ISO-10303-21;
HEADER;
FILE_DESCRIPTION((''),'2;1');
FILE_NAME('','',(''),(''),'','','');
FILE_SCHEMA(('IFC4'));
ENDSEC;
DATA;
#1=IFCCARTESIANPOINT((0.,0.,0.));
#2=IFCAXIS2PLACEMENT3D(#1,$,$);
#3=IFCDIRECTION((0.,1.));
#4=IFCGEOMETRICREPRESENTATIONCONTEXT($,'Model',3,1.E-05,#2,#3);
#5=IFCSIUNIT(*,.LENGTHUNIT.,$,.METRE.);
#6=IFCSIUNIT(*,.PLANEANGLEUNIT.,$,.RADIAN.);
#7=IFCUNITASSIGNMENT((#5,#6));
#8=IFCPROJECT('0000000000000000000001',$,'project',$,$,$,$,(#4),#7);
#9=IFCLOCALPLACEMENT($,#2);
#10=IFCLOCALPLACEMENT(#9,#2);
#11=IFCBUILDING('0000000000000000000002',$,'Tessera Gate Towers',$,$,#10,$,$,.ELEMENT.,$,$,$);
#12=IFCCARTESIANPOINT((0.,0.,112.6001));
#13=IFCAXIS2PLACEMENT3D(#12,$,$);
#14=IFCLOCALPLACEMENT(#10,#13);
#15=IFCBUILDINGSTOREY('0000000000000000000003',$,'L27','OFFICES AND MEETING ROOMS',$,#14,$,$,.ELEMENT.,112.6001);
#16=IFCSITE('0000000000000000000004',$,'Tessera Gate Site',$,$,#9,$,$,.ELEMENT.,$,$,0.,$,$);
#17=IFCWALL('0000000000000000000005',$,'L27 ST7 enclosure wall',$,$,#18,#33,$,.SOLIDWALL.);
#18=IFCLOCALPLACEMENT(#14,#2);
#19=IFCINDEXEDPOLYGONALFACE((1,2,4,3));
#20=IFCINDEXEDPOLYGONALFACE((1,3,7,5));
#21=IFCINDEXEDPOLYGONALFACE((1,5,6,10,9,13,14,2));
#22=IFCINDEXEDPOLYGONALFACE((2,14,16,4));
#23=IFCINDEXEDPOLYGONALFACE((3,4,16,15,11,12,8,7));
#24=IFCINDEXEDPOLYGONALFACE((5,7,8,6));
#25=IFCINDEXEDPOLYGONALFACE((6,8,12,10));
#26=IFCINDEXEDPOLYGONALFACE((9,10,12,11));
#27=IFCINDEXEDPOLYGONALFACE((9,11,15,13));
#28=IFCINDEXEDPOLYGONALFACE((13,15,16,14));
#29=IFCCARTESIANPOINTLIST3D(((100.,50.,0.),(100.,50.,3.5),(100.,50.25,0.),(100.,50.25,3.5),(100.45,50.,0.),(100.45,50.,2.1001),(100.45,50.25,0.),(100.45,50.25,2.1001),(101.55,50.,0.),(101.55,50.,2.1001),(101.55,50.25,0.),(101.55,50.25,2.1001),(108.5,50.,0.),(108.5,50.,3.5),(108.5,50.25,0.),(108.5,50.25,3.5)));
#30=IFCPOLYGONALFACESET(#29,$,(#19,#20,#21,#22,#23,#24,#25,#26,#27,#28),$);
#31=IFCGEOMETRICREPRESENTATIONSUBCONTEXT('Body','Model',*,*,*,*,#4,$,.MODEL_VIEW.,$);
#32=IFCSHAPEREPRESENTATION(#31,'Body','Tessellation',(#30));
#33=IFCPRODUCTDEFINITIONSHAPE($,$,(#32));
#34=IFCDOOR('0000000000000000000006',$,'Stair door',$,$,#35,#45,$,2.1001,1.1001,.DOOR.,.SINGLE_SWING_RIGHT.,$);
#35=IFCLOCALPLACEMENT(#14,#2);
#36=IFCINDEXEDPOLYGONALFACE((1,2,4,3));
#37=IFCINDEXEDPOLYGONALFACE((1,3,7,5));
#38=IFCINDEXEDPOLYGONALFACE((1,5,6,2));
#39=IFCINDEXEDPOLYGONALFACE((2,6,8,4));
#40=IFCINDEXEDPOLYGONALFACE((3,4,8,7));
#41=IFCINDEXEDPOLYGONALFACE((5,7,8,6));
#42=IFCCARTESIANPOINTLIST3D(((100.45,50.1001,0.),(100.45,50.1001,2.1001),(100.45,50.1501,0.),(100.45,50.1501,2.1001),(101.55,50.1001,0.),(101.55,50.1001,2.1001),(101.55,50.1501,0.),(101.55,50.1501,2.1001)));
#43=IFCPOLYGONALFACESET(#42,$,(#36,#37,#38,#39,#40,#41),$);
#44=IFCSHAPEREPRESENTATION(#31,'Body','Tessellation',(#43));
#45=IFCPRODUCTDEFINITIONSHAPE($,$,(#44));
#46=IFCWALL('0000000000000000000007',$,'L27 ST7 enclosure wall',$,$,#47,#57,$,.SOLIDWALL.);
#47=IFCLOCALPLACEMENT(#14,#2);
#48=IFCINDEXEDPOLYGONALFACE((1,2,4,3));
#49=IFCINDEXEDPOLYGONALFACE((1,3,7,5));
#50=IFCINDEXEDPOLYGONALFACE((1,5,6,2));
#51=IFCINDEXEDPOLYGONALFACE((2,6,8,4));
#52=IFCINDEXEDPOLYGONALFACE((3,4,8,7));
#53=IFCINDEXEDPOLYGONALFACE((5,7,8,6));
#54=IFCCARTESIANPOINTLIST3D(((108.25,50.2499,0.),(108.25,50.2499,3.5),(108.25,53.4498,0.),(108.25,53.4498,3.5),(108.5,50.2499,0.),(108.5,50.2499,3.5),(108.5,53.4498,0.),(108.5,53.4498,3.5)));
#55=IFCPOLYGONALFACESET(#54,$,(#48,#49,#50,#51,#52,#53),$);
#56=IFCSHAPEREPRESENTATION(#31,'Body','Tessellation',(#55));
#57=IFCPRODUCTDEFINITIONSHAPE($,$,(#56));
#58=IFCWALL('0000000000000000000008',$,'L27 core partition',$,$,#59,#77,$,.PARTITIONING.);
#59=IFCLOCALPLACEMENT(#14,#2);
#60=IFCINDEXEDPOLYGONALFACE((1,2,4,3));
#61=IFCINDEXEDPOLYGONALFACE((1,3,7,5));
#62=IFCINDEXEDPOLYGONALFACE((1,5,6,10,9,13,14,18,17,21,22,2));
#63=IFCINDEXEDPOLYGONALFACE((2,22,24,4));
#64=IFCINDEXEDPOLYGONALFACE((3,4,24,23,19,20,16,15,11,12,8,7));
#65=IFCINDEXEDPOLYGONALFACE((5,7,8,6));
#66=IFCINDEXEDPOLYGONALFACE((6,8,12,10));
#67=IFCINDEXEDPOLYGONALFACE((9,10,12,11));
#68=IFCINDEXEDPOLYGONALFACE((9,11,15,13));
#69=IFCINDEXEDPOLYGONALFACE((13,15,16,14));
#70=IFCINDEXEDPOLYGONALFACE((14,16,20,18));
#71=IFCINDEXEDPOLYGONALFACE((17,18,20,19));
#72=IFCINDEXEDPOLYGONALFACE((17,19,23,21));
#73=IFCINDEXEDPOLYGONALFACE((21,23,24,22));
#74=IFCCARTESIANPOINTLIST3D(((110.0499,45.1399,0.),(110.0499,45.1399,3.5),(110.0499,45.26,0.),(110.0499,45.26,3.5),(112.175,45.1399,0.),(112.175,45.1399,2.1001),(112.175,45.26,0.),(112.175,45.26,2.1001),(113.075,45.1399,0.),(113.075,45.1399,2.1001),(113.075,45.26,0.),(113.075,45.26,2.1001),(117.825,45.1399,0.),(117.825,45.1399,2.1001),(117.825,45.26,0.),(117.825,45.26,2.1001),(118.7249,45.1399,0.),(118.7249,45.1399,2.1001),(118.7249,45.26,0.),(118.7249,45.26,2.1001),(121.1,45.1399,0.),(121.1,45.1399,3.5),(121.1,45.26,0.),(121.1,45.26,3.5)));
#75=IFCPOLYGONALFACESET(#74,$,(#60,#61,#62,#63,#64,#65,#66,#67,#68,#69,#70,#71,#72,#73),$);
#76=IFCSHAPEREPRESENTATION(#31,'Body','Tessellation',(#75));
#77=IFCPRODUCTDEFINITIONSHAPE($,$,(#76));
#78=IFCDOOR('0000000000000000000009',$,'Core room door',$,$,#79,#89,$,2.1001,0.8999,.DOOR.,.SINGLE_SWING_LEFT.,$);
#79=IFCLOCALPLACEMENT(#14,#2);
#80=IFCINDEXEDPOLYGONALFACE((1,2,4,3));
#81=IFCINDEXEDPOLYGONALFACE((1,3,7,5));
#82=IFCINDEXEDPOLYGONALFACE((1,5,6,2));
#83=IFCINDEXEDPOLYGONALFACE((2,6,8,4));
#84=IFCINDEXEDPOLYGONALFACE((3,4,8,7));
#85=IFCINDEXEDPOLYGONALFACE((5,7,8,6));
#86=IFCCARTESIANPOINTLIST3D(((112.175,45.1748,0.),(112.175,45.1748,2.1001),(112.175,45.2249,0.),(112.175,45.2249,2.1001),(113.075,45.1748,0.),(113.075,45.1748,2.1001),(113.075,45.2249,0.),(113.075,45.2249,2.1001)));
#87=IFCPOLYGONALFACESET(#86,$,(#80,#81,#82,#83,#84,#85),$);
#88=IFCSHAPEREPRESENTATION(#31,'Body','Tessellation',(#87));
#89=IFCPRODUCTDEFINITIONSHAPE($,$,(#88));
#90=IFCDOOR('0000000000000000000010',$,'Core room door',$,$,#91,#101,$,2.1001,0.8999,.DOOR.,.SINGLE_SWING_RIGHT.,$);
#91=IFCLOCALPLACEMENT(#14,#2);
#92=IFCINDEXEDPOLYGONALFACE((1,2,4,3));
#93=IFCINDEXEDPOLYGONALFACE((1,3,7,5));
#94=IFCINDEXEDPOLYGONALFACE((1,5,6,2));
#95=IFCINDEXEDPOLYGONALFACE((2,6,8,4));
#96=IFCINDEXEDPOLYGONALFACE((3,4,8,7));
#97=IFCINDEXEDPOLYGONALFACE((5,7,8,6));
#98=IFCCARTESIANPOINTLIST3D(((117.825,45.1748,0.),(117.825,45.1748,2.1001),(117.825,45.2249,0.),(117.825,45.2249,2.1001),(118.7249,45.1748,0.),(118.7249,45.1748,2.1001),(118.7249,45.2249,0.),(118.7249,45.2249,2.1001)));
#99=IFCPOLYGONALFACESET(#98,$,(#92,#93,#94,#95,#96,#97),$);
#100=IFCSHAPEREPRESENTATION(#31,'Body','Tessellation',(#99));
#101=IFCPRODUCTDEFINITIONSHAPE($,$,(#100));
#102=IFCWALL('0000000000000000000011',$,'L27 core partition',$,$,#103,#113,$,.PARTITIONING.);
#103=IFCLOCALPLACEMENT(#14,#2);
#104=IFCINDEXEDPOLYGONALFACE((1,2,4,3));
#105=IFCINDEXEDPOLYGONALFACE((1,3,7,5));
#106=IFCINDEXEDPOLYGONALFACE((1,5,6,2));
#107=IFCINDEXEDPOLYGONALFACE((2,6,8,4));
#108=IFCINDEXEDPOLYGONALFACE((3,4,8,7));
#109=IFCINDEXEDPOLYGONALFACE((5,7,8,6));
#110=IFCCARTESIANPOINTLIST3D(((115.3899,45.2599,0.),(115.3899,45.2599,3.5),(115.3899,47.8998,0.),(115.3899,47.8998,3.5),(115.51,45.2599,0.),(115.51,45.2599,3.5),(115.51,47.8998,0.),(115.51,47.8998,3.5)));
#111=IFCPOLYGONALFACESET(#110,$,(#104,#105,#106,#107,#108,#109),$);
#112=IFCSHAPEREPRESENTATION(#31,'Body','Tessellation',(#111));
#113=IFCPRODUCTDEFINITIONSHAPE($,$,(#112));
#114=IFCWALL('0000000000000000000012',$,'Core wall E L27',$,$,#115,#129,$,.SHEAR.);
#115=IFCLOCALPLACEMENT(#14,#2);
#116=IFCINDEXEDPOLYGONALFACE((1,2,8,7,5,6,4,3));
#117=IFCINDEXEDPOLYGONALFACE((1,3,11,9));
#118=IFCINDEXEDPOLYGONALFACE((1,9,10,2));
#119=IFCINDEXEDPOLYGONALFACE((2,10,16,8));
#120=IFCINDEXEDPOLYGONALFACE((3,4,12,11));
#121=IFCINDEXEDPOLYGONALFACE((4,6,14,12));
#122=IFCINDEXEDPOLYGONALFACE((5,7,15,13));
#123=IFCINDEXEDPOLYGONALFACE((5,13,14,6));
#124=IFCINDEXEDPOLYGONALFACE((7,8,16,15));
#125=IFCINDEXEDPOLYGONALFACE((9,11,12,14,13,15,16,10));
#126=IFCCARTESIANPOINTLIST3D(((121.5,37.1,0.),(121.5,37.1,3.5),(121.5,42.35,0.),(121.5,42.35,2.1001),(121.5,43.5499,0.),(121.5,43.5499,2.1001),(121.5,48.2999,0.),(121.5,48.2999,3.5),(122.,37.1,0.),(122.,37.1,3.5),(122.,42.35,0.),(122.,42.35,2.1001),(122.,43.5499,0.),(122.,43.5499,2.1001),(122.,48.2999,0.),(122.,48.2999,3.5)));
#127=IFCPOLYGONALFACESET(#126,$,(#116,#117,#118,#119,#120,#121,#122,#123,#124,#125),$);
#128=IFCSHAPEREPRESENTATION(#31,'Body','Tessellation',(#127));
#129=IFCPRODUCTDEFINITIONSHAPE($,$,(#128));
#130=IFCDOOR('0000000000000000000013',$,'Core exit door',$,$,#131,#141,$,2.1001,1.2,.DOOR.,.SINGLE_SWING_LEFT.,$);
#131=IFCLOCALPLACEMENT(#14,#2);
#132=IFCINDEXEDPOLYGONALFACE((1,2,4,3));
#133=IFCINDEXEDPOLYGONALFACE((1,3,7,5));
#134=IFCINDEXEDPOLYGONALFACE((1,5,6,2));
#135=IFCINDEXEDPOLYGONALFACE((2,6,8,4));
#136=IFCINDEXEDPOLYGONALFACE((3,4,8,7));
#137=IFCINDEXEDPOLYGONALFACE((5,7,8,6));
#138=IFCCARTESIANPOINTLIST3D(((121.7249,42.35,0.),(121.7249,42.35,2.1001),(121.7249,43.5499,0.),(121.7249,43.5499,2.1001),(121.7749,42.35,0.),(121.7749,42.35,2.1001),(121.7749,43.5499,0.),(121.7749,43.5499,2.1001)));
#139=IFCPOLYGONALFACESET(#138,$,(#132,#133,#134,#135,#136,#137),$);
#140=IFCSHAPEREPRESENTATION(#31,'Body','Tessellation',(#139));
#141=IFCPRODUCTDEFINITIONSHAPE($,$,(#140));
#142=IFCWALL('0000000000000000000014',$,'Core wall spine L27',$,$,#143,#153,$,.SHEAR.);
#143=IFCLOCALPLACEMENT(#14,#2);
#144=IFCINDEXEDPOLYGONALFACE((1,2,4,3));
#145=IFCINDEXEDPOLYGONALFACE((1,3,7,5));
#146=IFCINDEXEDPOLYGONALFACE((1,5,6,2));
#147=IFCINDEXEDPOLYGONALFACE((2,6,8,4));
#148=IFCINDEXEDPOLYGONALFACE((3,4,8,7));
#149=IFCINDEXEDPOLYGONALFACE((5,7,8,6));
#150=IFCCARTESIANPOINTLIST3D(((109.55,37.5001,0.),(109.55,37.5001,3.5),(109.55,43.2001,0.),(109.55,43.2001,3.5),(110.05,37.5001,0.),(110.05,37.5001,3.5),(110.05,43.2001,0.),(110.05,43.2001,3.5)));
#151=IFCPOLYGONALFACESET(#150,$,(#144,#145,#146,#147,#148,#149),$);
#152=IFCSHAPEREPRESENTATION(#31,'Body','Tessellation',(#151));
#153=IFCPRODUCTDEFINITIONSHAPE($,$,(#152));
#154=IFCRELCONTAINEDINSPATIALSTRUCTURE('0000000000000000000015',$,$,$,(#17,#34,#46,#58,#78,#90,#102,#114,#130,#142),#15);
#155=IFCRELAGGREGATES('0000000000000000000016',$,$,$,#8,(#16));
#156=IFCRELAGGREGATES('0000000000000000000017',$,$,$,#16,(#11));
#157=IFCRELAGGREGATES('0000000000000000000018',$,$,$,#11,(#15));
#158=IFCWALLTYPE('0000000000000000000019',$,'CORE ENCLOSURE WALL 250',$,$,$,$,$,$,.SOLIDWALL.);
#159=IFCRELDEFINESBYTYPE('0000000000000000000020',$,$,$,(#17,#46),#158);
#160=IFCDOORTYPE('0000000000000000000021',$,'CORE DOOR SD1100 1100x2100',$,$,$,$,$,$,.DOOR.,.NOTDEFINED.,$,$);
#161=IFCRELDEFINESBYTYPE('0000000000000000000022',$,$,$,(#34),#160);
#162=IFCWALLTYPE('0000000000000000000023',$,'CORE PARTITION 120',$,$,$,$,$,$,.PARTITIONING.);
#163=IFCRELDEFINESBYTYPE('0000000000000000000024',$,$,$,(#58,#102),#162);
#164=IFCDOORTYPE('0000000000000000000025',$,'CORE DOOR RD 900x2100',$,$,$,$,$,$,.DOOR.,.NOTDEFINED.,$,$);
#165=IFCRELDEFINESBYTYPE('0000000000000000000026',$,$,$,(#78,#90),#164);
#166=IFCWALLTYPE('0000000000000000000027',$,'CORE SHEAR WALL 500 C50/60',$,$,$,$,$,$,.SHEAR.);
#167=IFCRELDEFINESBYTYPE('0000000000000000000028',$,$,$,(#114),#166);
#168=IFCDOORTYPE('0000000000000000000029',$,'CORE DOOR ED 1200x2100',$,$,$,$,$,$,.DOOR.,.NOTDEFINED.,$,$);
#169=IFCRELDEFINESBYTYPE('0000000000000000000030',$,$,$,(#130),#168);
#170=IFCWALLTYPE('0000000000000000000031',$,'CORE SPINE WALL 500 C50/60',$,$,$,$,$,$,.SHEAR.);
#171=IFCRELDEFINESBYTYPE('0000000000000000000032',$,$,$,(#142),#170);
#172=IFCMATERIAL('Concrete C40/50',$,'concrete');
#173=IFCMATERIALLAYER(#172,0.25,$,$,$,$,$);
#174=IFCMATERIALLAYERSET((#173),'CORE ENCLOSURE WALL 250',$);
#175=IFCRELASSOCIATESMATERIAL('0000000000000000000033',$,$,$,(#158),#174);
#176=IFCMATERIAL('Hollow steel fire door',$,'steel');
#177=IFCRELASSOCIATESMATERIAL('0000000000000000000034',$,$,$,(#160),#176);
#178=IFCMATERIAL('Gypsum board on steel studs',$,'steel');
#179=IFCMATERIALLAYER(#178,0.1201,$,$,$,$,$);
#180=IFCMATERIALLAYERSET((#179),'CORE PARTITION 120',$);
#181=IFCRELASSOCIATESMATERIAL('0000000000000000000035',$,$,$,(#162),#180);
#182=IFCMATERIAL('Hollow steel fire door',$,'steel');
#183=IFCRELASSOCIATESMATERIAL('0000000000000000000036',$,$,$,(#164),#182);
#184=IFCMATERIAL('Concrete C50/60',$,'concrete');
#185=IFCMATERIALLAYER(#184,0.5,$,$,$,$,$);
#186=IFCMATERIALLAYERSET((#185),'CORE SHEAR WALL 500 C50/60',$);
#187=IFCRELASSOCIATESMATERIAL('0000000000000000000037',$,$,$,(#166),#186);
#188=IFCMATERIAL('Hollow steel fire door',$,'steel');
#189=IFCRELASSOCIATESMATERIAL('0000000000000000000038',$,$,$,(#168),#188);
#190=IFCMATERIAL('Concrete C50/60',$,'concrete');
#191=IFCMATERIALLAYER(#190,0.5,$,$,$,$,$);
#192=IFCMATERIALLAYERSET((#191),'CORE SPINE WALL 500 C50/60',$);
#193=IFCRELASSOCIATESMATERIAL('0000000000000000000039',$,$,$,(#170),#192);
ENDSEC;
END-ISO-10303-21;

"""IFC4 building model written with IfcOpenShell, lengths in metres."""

from ifc_helpers import new_model, si_unit, direction, frame, frame_2d, origin, place, context, subcontext, project, spatial, rectangle, extrude, source, transform, mapped, material, layer, layer_set, type_object, element, fill, save


model = new_model("IFC4")

# Units and contexts
model_context = context("Model", 3, precision=1e-05, world=origin(), true_north=direction((0.0, 1.0)))
body_context = subcontext(model_context, "Body", "Model", "MODEL_VIEW")
ifc_project = project(units=[si_unit("LENGTHUNIT", "METRE"), si_unit("PLANEANGLEUNIT", "RADIAN")], contexts=[model_context])

# Site, building, storey
site_placement = place(None, origin())
site = spatial("IfcSite", under=ifc_project, at=site_placement, Name="Tessera Gate Site", CompositionType="ELEMENT", RefElevation=0.0)
building_placement = place(site_placement, origin())
building = spatial("IfcBuilding", under=site, at=building_placement, Name="Tessera Gate Towers", CompositionType="ELEMENT")
storey_placement = place(building_placement, frame((0.0, 0.0, 112.6001)))
storey = spatial("IfcBuildingStorey", under=building, at=storey_placement, Name="L27", Description="OFFICES AND MEETING ROOMS", CompositionType="ELEMENT", Elevation=112.6001)

# Shared definitions
ifc_material_1 = material(Name="Concrete C40/50", Category="concrete")
ifc_layer_1 = layer(ifc_material_1, 0.25)
ifc_layer_set_1 = layer_set([ifc_layer_1], Name="CORE ENCLOSURE WALL 250")
wall_type_1 = type_object("IfcWallType", Name="CORE ENCLOSURE WALL 250", PredefinedType="SOLIDWALL", material=ifc_layer_set_1)
shared_shape_1 = source(origin(), body_context, "Body", "SweptSolid", [
    extrude(rectangle(XDim=1.1001, YDim=2.1001, at=frame_2d((0.55, 1.05))), frame((0.0, 0.135, 0.0), z_axis=(0.0, -1.0, 0.0), x_axis=(1.0, 0.0, 0.0)), (0.0, 0.0, 1.0), 0.27),
])
ifc_material_2 = material(Name="Hollow steel fire door", Category="steel")
door_type_1 = type_object("IfcDoorType", Name="CORE DOOR SD1100 1100x2100", OperationType="NOTDEFINED", PredefinedType="DOOR", material=ifc_material_2)
shared_shape_2 = source(origin(), body_context, "Body", "SweptSolid", [
    extrude(rectangle(XDim=1.1001, YDim=2.1001, at=frame_2d((0.55, 1.05))), frame((0.0, 0.0249, 0.0), z_axis=(0.0, -1.0, 0.0), x_axis=(1.0, 0.0, 0.0)), (0.0, 0.0, 1.0), 0.05),
])

# Wall, opening, door
wall_1_placement = place(storey_placement, frame((108.5, 50.125, 0.0), z_axis=(0.0, 0.0, 1.0), x_axis=(-1.0, 0.0, 0.0)))
wall_1 = element("IfcWall", 1, at=wall_1_placement, inside=storey, type_object=wall_type_1, Name="L27 ST7 enclosure wall", PredefinedType="SOLIDWALL", context=body_context, shape_type="SweptSolid", body=[
    extrude(rectangle(XDim=8.5, YDim=0.25, at=frame_2d((4.25, 0.0))), origin(), (0.0, 0.0, 1.0), 3.5),
])
opening_1_placement = place(wall_1_placement, frame((6.95, 0.0, 0.0)))
opening_1 = element("IfcOpeningElement", 2, at=opening_1_placement, cuts=wall_1, PredefinedType="OPENING", context=body_context, shape_type="MappedRepresentation", body=[
    mapped(shared_shape_1, transform((0.0, 0.0, 0.0), scale=1.0)),
])
door_1_placement = place(opening_1_placement, origin())
door_1 = element("IfcDoor", 3, at=door_1_placement, inside=storey, type_object=door_type_1, Name="Stair door", OperationType="SINGLE_SWING_RIGHT", OverallHeight=2.1001, OverallWidth=1.1001, PredefinedType="DOOR", context=body_context, shape_type="MappedRepresentation", body=[
    mapped(shared_shape_2, transform((0.0, 0.0, 0.0), scale=1.0)),
])
fill(opening_1, door_1)

# Wall
wall_2_placement = place(storey_placement, frame((108.375, 53.45, 0.0), z_axis=(0.0, 0.0, 1.0), x_axis=(0.0, -1.0, 0.0)))
element("IfcWall", 4, at=wall_2_placement, inside=storey, type_object=wall_type_1, Name="L27 ST7 enclosure wall", PredefinedType="SOLIDWALL", context=body_context, shape_type="SweptSolid", body=[
    extrude(rectangle(XDim=3.2, YDim=0.25, at=frame_2d((1.6001, 0.0))), origin(), (0.0, 0.0, 1.0), 3.5),
])

# Wall, openings, doors
ifc_material_3 = material(Name="Gypsum board on steel studs", Category="steel")
ifc_layer_2 = layer(ifc_material_3, 0.1201)
ifc_layer_set_2 = layer_set([ifc_layer_2], Name="CORE PARTITION 120")
wall_type_2 = type_object("IfcWallType", Name="CORE PARTITION 120", PredefinedType="PARTITIONING", material=ifc_layer_set_2)
wall_3_placement = place(storey_placement, frame((110.05, 45.2, 0.0), z_axis=(0.0, 0.0, 1.0), x_axis=(1.0, 0.0, 0.0)))
wall_3 = element("IfcWall", 5, at=wall_3_placement, inside=storey, type_object=wall_type_2, Name="L27 core partition", PredefinedType="PARTITIONING", context=body_context, shape_type="SweptSolid", body=[
    extrude(rectangle(XDim=11.05, YDim=0.1201, at=frame_2d((5.5249, 0.0))), origin(), (0.0, 0.0, 1.0), 3.5),
])
shared_shape_3 = source(origin(), body_context, "Body", "SweptSolid", [
    extrude(rectangle(XDim=0.8999, YDim=2.1001, at=frame_2d((0.45, 1.05))), frame((0.0, 0.0701, 0.0), z_axis=(0.0, -1.0, 0.0), x_axis=(1.0, 0.0, 0.0)), (0.0, 0.0, 1.0), 0.1401),
])
opening_2_placement = place(wall_3_placement, frame((2.125, 0.0, 0.0)))
opening_2 = element("IfcOpeningElement", 6, at=opening_2_placement, cuts=wall_3, PredefinedType="OPENING", context=body_context, shape_type="MappedRepresentation", body=[
    mapped(shared_shape_3, transform((0.0, 0.0, 0.0), scale=1.0)),
])
opening_3_placement = place(wall_3_placement, frame((7.7749, 0.0, 0.0)))
opening_3 = element("IfcOpeningElement", 7, at=opening_3_placement, cuts=wall_3, PredefinedType="OPENING", context=body_context, shape_type="MappedRepresentation", body=[
    mapped(shared_shape_3, transform((0.0, 0.0, 0.0), scale=1.0)),
])
ifc_material_4 = material(Name="Hollow steel fire door", Category="steel")
door_type_2 = type_object("IfcDoorType", Name="CORE DOOR RD 900x2100", OperationType="NOTDEFINED", PredefinedType="DOOR", material=ifc_material_4)
shared_shape_4 = source(origin(), body_context, "Body", "SweptSolid", [
    extrude(rectangle(XDim=0.8999, YDim=2.1001, at=frame_2d((0.45, 1.05))), frame((0.0, 0.0249, 0.0), z_axis=(0.0, -1.0, 0.0), x_axis=(1.0, 0.0, 0.0)), (0.0, 0.0, 1.0), 0.05),
])
door_2_placement = place(opening_2_placement, origin())
door_2 = element("IfcDoor", 8, at=door_2_placement, inside=storey, type_object=door_type_2, Name="Core room door", OperationType="SINGLE_SWING_LEFT", OverallHeight=2.1001, OverallWidth=0.8999, PredefinedType="DOOR", context=body_context, shape_type="MappedRepresentation", body=[
    mapped(shared_shape_4, transform((0.0, 0.0, 0.0), scale=1.0)),
])
fill(opening_2, door_2)
door_3_placement = place(opening_3_placement, origin())
door_3 = element("IfcDoor", 9, at=door_3_placement, inside=storey, type_object=door_type_2, Name="Core room door", OperationType="SINGLE_SWING_RIGHT", OverallHeight=2.1001, OverallWidth=0.8999, PredefinedType="DOOR", context=body_context, shape_type="MappedRepresentation", body=[
    mapped(shared_shape_4, transform((0.0, 0.0, 0.0), scale=1.0)),
])
fill(opening_3, door_3)

# Wall
wall_4_placement = place(storey_placement, frame((115.45, 45.26, 0.0), z_axis=(0.0, 0.0, 1.0), x_axis=(0.0, 1.0, 0.0)))
element("IfcWall", 10, at=wall_4_placement, inside=storey, type_object=wall_type_2, Name="L27 core partition", PredefinedType="PARTITIONING", context=body_context, shape_type="SweptSolid", body=[
    extrude(rectangle(XDim=2.6399, YDim=0.1201, at=frame_2d((1.3198, 0.0))), origin(), (0.0, 0.0, 1.0), 3.5),
])

# Wall, opening, door
ifc_material_5 = material(Name="Concrete C50/60", Category="concrete")
ifc_layer_3 = layer(ifc_material_5, 0.5)
ifc_layer_set_3 = layer_set([ifc_layer_3], Name="CORE SHEAR WALL 500 C50/60")
wall_type_3 = type_object("IfcWallType", Name="CORE SHEAR WALL 500 C50/60", PredefinedType="SHEAR", material=ifc_layer_set_3)
wall_5_placement = place(storey_placement, frame((121.75, 48.3, 0.0), z_axis=(0.0, 0.0, 1.0), x_axis=(0.0, -1.0, 0.0)))
wall_5 = element("IfcWall", 11, at=wall_5_placement, inside=storey, type_object=wall_type_3, Name="Core wall E L27", PredefinedType="SHEAR", context=body_context, shape_type="SweptSolid", body=[
    extrude(rectangle(XDim=11.2, YDim=0.5, at=frame_2d((5.6001, 0.0))), origin(), (0.0, 0.0, 1.0), 3.5),
])
shared_shape_5 = source(origin(), body_context, "Body", "SweptSolid", [
    extrude(rectangle(XDim=1.2, YDim=2.1001, at=frame_2d((0.6001, 1.05))), frame((0.0, 0.26, 0.0), z_axis=(0.0, -1.0, 0.0), x_axis=(1.0, 0.0, 0.0)), (0.0, 0.0, 1.0), 0.52),
])
opening_4_placement = place(wall_5_placement, frame((4.75, 0.0, 0.0)))
opening_4 = element("IfcOpeningElement", 12, at=opening_4_placement, cuts=wall_5, PredefinedType="OPENING", context=body_context, shape_type="MappedRepresentation", body=[
    mapped(shared_shape_5, transform((0.0, 0.0, 0.0), scale=1.0)),
])
ifc_material_6 = material(Name="Hollow steel fire door", Category="steel")
door_type_3 = type_object("IfcDoorType", Name="CORE DOOR ED 1200x2100", OperationType="NOTDEFINED", PredefinedType="DOOR", material=ifc_material_6)
shared_shape_6 = source(origin(), body_context, "Body", "SweptSolid", [
    extrude(rectangle(XDim=1.2, YDim=2.1001, at=frame_2d((0.6001, 1.05))), frame((0.0, 0.0249, 0.0), z_axis=(0.0, -1.0, 0.0), x_axis=(1.0, 0.0, 0.0)), (0.0, 0.0, 1.0), 0.05),
])
door_4_placement = place(opening_4_placement, origin())
door_4 = element("IfcDoor", 13, at=door_4_placement, inside=storey, type_object=door_type_3, Name="Core exit door", OperationType="SINGLE_SWING_LEFT", OverallHeight=2.1001, OverallWidth=1.2, PredefinedType="DOOR", context=body_context, shape_type="MappedRepresentation", body=[
    mapped(shared_shape_6, transform((0.0, 0.0, 0.0), scale=1.0)),
])
fill(opening_4, door_4)

# Wall
ifc_material_7 = material(Name="Concrete C50/60", Category="concrete")
ifc_layer_4 = layer(ifc_material_7, 0.5)
ifc_layer_set_4 = layer_set([ifc_layer_4], Name="CORE SPINE WALL 500 C50/60")
wall_type_4 = type_object("IfcWallType", Name="CORE SPINE WALL 500 C50/60", PredefinedType="SHEAR", material=ifc_layer_set_4)
wall_6_placement = place(storey_placement, frame((109.8, 37.5, 0.0), z_axis=(0.0, 0.0, 1.0), x_axis=(0.0, 1.0, 0.0)))
element("IfcWall", 14, at=wall_6_placement, inside=storey, type_object=wall_type_4, Name="Core wall spine L27", PredefinedType="SHEAR", context=body_context, shape_type="SweptSolid", body=[
    extrude(rectangle(XDim=5.7, YDim=0.5, at=frame_2d((2.8501, 0.0))), origin(), (0.0, 0.0, 1.0), 3.5),
])

save(model, "model.ifc")
